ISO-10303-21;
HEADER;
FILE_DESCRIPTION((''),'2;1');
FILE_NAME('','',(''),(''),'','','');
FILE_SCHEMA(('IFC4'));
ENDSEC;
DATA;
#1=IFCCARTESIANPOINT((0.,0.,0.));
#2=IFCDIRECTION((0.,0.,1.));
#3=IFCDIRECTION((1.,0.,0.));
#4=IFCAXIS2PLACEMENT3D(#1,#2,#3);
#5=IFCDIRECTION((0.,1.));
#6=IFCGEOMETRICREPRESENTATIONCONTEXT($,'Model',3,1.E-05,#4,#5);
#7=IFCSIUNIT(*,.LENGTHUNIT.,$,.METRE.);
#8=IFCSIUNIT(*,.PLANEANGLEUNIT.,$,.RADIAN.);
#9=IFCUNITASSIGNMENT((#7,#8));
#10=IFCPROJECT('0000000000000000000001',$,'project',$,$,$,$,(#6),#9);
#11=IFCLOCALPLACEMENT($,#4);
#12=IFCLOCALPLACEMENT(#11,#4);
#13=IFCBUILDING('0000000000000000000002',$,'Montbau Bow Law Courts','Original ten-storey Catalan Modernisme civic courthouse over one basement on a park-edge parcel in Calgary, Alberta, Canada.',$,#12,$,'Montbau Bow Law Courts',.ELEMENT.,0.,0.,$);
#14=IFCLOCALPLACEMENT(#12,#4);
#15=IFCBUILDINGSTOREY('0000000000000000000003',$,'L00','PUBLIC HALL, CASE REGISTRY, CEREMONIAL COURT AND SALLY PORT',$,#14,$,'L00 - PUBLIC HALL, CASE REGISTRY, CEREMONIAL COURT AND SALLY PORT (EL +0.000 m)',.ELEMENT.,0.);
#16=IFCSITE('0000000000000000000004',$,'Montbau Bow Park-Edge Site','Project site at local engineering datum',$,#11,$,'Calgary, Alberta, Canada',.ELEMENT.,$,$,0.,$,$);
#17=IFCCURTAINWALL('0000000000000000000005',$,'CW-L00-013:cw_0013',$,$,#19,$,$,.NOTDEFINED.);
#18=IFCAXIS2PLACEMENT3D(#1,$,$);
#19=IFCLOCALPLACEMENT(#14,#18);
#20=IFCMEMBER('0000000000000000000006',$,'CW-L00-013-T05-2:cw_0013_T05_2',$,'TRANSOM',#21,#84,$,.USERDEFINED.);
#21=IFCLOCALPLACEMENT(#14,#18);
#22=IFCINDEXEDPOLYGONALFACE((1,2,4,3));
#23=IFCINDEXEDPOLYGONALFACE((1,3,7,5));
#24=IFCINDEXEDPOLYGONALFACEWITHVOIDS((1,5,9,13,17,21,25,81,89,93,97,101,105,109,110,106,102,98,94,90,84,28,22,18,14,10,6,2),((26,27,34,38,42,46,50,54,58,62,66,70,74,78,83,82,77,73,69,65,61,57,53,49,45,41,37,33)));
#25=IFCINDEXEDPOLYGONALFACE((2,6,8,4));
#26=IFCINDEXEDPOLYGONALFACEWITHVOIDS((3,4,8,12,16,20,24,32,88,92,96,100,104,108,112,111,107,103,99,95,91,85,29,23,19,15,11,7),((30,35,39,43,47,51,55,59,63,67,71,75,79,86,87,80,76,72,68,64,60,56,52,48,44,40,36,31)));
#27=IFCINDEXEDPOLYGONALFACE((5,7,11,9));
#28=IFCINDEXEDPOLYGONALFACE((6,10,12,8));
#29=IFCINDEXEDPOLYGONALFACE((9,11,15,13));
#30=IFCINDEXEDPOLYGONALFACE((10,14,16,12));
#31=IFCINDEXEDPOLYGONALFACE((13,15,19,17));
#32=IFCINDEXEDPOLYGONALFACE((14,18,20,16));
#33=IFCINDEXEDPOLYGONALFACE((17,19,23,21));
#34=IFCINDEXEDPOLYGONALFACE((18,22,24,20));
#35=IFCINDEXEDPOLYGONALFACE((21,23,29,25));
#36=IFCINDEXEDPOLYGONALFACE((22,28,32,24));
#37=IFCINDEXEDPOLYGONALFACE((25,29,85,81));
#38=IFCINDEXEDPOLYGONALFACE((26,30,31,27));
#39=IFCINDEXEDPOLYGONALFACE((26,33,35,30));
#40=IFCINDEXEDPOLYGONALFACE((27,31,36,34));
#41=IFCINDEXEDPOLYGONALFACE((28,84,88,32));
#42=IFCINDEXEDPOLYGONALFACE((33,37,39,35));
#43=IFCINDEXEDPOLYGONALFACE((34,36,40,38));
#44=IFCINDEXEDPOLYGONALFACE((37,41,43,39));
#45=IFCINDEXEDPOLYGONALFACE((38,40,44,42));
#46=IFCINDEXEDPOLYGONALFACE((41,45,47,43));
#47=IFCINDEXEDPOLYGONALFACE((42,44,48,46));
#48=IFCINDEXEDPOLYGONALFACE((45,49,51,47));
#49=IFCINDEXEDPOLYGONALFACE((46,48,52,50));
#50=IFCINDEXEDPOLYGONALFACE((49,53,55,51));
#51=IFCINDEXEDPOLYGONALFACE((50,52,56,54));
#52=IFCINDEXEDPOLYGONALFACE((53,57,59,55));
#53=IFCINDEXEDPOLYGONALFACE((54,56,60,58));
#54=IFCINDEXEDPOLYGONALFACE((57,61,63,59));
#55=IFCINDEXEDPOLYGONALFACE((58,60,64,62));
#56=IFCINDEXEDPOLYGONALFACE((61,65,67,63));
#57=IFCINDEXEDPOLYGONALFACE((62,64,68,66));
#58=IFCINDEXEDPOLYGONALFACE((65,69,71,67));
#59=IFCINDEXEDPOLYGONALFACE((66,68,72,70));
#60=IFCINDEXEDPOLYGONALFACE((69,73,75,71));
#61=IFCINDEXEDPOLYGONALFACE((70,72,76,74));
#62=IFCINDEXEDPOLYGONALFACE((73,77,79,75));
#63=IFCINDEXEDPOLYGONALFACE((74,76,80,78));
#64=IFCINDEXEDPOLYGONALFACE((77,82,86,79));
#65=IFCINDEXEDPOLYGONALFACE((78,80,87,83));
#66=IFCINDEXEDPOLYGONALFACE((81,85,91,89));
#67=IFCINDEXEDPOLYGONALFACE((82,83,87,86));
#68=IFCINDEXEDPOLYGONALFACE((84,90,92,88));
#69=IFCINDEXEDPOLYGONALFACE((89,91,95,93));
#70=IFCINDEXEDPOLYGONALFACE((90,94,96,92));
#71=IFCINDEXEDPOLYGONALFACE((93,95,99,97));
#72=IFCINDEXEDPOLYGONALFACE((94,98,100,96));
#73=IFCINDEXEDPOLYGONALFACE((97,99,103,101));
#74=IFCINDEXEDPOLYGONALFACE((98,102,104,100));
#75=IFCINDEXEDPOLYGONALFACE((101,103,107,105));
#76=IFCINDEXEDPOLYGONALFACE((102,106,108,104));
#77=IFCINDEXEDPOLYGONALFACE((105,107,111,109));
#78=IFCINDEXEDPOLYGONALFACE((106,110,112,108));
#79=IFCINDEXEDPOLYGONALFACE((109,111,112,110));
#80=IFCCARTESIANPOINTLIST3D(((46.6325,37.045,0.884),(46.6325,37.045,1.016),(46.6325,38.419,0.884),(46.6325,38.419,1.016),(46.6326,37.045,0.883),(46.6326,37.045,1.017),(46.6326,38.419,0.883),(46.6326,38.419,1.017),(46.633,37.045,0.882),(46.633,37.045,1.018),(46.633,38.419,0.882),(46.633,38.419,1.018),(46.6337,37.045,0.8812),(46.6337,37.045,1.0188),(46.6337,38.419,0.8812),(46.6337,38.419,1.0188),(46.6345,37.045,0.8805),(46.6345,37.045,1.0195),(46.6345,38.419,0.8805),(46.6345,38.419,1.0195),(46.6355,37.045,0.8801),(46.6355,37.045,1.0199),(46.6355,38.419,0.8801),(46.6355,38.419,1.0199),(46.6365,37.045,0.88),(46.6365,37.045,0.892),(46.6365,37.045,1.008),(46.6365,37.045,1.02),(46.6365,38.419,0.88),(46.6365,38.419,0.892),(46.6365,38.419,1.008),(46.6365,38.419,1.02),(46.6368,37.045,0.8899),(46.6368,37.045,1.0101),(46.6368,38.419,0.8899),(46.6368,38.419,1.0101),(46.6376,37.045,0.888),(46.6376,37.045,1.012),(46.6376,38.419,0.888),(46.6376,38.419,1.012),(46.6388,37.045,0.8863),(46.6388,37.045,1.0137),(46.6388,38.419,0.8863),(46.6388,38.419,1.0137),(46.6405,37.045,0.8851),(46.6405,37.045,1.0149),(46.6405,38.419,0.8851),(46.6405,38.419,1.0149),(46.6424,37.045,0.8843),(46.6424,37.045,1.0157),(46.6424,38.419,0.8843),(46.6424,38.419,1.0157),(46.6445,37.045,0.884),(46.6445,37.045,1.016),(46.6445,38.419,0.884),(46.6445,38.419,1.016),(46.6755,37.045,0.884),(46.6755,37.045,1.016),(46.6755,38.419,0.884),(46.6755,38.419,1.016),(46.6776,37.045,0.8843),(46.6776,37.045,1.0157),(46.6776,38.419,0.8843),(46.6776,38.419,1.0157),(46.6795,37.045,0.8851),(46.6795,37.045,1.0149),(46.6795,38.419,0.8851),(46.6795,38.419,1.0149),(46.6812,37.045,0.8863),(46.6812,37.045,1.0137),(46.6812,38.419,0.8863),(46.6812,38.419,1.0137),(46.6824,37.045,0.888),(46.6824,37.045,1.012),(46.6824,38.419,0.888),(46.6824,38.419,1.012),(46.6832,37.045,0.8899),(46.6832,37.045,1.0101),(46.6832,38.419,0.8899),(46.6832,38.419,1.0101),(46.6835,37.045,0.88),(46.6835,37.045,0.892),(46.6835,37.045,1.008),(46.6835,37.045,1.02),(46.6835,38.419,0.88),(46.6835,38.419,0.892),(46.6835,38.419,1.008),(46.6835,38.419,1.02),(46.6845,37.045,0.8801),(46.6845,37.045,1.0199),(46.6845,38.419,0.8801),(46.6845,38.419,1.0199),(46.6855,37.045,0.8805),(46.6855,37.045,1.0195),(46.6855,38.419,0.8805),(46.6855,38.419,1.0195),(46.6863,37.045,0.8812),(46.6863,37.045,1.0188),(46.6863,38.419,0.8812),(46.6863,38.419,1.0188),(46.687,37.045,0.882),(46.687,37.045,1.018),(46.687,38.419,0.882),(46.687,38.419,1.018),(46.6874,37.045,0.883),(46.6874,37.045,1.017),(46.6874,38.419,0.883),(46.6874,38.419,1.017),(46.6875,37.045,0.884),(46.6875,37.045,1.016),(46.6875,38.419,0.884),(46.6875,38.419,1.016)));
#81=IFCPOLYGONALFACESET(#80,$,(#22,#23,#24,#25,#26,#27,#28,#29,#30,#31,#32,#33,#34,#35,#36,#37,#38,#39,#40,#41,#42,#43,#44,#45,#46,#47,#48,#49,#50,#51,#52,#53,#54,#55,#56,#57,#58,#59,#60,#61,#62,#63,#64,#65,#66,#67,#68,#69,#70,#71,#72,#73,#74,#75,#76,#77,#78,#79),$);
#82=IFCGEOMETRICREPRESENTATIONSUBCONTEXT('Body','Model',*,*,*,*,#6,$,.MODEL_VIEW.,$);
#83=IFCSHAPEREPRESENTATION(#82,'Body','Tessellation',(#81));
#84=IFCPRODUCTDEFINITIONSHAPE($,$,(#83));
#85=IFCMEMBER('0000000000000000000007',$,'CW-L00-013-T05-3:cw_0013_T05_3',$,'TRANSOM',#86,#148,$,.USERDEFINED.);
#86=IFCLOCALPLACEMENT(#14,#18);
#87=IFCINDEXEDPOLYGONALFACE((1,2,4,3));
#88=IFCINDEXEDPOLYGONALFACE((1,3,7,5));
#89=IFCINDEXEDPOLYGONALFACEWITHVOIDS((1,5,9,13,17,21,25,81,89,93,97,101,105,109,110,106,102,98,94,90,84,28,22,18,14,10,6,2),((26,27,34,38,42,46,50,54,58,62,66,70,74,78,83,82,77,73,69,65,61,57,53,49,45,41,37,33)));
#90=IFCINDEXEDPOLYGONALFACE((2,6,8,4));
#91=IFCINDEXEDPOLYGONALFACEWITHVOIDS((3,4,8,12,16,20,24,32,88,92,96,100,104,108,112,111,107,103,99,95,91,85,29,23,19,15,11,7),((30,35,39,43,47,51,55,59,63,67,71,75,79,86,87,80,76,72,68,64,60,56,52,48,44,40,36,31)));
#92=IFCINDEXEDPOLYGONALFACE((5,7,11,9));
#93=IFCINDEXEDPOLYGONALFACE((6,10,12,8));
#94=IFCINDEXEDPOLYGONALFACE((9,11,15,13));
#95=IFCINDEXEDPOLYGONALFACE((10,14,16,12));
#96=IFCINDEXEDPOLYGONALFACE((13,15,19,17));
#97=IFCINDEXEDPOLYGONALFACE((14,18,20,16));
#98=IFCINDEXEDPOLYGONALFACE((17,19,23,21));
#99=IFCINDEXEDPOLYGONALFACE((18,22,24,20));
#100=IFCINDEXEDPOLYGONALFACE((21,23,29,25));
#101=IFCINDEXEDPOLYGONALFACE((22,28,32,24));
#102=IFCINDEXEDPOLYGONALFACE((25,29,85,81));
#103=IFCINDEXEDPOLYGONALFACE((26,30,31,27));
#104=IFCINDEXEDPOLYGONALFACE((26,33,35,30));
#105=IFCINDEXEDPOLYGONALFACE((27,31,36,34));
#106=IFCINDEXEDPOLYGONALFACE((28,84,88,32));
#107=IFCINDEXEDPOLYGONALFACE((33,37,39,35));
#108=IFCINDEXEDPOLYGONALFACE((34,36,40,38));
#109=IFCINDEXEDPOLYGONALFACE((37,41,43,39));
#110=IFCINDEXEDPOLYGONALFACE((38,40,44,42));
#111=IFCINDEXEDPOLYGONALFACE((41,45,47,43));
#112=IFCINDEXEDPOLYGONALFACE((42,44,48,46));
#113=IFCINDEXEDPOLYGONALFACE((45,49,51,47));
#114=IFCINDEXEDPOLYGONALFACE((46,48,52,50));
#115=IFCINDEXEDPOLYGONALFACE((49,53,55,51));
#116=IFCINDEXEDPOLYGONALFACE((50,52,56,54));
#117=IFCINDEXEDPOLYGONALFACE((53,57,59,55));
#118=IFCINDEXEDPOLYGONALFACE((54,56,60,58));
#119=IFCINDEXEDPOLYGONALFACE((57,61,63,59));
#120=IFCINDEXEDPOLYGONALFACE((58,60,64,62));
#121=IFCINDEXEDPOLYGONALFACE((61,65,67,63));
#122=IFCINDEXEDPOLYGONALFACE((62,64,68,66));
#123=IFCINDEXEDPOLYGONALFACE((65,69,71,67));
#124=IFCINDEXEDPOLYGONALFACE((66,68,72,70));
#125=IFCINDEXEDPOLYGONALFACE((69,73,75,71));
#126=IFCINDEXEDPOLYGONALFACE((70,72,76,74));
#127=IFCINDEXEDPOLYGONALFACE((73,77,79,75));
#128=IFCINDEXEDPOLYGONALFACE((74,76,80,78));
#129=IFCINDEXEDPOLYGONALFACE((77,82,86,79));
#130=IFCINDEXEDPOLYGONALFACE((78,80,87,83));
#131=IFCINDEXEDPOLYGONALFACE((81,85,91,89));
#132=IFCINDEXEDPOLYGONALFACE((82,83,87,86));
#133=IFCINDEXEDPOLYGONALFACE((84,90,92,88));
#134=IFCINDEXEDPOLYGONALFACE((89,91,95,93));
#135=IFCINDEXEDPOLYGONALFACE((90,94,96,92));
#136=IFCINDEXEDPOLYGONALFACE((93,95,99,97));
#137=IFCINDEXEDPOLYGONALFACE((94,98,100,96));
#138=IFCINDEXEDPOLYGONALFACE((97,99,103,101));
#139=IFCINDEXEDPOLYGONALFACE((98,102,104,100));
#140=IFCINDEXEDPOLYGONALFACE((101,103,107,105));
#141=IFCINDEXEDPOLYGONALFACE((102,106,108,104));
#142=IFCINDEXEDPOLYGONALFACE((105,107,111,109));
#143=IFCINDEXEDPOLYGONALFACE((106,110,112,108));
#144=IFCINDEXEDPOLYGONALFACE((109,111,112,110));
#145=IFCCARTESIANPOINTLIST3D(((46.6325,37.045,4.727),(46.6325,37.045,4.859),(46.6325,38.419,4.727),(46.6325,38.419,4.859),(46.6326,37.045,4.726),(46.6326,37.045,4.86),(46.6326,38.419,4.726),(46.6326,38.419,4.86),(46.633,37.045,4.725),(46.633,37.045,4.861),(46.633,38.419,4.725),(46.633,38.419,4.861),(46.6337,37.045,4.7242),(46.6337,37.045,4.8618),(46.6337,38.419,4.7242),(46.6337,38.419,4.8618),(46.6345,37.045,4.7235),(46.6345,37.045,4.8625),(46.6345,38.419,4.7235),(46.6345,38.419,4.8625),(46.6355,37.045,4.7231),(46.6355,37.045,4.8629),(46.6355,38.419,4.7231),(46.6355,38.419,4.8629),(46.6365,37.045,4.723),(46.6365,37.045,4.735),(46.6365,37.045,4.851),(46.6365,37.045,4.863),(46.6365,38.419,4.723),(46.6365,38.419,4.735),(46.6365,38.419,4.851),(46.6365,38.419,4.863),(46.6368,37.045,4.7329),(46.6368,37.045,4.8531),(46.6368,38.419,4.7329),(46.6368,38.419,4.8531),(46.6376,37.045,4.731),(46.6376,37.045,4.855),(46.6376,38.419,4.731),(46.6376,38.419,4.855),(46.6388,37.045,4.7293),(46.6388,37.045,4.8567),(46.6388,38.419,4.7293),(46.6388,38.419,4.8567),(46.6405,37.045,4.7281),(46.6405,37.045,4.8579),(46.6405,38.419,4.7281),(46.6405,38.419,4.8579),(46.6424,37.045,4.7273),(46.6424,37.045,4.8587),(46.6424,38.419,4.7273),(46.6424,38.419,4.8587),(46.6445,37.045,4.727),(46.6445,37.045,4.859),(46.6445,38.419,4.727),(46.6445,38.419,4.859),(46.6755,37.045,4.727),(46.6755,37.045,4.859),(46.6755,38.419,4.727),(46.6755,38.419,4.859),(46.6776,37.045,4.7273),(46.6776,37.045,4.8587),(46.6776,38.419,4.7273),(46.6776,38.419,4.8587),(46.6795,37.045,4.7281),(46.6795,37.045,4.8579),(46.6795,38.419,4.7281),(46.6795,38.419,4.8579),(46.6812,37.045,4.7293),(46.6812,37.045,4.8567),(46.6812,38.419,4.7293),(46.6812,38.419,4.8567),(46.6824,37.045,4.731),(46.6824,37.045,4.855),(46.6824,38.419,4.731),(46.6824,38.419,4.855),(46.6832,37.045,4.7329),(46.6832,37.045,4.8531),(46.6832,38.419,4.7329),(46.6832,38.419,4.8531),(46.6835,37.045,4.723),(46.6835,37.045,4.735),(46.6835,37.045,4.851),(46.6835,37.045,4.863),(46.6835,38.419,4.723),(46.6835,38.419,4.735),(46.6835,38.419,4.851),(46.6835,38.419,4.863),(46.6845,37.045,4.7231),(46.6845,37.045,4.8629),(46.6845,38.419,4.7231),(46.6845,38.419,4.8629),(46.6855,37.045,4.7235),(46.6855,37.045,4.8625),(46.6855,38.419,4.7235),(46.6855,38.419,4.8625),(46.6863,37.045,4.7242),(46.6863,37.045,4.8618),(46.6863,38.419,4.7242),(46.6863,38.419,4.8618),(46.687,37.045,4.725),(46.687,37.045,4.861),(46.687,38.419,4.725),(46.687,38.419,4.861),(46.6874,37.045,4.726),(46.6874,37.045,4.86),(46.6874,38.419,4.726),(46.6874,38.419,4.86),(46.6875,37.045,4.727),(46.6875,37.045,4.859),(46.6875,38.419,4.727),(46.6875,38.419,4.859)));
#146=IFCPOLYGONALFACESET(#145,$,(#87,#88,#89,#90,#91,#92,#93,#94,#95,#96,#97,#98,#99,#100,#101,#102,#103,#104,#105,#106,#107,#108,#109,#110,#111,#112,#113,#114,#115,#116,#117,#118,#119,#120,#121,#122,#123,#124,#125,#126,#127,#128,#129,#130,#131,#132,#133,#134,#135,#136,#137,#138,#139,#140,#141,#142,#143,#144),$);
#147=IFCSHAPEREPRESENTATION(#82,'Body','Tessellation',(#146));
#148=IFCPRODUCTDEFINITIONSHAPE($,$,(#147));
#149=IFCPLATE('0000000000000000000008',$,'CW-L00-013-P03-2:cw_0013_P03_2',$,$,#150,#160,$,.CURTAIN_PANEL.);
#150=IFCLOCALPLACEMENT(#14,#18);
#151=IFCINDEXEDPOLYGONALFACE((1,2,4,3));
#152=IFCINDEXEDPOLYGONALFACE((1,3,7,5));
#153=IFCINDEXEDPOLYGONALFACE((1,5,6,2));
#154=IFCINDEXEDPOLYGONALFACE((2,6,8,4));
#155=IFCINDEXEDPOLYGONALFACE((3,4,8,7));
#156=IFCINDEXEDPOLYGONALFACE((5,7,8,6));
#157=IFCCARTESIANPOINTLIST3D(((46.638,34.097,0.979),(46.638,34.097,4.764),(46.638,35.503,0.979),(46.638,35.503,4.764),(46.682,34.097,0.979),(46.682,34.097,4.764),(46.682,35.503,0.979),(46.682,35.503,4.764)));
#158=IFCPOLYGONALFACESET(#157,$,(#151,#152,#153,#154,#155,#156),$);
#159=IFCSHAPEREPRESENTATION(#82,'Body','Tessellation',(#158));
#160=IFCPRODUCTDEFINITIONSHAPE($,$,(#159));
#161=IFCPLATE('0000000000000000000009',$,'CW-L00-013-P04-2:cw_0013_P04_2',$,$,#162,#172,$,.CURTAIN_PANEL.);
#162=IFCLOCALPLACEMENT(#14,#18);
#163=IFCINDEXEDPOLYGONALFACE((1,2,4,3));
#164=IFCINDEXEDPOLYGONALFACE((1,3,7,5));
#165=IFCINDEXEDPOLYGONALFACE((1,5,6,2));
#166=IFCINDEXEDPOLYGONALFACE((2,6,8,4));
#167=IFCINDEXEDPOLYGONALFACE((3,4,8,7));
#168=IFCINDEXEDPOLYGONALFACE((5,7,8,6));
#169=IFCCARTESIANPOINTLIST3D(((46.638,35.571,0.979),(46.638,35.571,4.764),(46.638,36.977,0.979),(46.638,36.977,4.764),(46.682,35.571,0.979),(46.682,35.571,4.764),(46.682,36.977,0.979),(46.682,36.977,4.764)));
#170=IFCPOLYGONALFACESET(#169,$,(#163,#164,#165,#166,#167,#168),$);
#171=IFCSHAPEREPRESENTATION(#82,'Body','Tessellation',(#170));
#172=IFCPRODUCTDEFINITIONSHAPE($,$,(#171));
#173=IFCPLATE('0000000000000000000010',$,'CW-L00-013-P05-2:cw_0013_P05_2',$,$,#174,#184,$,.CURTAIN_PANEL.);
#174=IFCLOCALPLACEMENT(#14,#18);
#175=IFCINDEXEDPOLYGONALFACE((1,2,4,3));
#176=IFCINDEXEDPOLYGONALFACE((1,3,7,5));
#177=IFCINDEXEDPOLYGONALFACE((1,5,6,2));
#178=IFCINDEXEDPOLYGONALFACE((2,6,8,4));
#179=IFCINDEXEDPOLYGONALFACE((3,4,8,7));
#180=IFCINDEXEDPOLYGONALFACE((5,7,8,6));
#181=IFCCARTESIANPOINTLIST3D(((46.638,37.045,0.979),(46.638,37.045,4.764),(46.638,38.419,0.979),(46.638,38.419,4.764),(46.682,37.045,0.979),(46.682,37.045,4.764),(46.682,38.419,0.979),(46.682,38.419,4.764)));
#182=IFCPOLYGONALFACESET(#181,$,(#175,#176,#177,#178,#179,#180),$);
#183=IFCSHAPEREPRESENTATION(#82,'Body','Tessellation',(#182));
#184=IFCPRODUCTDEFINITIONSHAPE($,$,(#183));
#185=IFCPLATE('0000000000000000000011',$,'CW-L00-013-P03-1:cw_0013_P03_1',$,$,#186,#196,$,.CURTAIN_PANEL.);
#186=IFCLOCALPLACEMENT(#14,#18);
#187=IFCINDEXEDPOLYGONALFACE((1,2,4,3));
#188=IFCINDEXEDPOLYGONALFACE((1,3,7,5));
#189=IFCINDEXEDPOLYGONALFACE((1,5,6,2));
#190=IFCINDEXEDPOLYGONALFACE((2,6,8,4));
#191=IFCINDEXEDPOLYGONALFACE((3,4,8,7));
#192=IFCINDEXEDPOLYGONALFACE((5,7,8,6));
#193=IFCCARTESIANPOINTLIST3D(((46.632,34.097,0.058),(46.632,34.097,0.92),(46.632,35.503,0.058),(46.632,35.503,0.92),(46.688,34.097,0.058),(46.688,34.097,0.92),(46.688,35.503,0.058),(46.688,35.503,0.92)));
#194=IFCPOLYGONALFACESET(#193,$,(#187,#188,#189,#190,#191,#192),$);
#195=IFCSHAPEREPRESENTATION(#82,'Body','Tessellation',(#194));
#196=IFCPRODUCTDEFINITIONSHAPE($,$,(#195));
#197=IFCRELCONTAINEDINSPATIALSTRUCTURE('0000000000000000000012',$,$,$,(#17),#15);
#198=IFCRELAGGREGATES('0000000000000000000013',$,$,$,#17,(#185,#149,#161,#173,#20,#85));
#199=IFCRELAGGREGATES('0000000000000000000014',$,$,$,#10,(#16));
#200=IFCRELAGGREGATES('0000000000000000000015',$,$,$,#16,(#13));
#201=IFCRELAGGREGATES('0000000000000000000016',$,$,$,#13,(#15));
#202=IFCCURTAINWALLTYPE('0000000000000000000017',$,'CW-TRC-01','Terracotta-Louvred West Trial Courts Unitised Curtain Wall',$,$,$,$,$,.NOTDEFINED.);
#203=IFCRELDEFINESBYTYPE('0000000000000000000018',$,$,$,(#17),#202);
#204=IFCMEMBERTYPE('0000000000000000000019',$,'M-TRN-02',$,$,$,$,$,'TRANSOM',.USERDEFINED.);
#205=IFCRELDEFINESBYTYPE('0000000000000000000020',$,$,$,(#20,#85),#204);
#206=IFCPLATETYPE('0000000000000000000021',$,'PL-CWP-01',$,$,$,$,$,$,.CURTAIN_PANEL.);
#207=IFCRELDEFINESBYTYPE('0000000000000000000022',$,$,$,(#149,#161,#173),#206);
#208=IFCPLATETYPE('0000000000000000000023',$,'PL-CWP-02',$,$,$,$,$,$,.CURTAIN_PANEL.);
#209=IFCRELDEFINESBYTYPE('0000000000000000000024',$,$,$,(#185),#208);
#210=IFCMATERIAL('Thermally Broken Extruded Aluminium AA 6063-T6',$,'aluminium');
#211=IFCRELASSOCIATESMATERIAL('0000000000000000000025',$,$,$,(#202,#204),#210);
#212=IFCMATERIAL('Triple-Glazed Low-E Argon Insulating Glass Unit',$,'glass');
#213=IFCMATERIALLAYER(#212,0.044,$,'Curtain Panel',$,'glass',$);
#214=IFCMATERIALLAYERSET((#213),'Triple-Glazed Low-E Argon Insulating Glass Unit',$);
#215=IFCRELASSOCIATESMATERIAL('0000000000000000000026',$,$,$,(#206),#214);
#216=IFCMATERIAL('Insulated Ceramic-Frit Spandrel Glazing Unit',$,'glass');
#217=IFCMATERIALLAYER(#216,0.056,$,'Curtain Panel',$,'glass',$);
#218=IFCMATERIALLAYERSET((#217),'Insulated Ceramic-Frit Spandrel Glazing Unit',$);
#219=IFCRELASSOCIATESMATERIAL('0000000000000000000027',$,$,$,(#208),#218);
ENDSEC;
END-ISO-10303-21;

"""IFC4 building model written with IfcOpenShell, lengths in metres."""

from ifc_helpers import new_model, si_unit, direction, frame, frame_2d, origin_with_axes, origin_2d_with_axis, place, context, subcontext, project, spatial, rectangle, hollow_rectangle, extrude, material, layer, layer_set, material_profile, profile_set, type_object, element, aggregate, save


model = new_model("IFC4")

# Units and contexts
model_context = context("Model", 3, precision=1e-05, world=origin_with_axes(), true_north=direction((0.0, 1.0)))
body_context = subcontext(model_context, "Body", "Model", "MODEL_VIEW")
ifc_project = project(units=[si_unit("LENGTHUNIT", "METRE"), si_unit("PLANEANGLEUNIT", "RADIAN")], contexts=[model_context])

# Site, building, storey
site_placement = place(None, origin_with_axes())
site = spatial("IfcSite", under=ifc_project, at=site_placement, Name="Montbau Bow Park-Edge Site", Description="Project site at local engineering datum", LongName="Calgary, Alberta, Canada", CompositionType="ELEMENT", RefElevation=0.0)
building_placement = place(site_placement, origin_with_axes())
building = spatial("IfcBuilding", under=site, at=building_placement, Name="Montbau Bow Law Courts", Description="Original ten-storey Catalan Modernisme civic courthouse over one basement on a park-edge parcel in Calgary, Alberta, Canada.", LongName="Montbau Bow Law Courts", CompositionType="ELEMENT", ElevationOfRefHeight=0.0, ElevationOfTerrain=0.0)
storey_placement = place(building_placement, origin_with_axes())
storey = spatial("IfcBuildingStorey", under=building, at=storey_placement, Name="L00", Description="PUBLIC HALL, CASE REGISTRY, CEREMONIAL COURT AND SALLY PORT", LongName="L00 - PUBLIC HALL, CASE REGISTRY, CEREMONIAL COURT AND SALLY PORT (EL +0.000 m)", CompositionType="ELEMENT", Elevation=0.0)

# Curtain wall, members, plates
ifc_material_1 = material(Name="Thermally Broken Extruded Aluminium AA 6063-T6", Category="aluminium")
curtain_wall_type = type_object("IfcCurtainWallType", Name="CW-TRC-01", Description="Terracotta-Louvred West Trial Courts Unitised Curtain Wall", PredefinedType="NOTDEFINED", material=ifc_material_1)
curtain_wall_placement = place(None, frame((46.66, 31.115, 0.0), z_axis=(0.0, 0.0, 1.0), x_axis=(1.0, 0.0, 0.0)))
curtain_wall = element("IfcCurtainWall", 1, at=curtain_wall_placement, inside=storey, type_object=curtain_wall_type, Name="CW-L00-013:cw_0013", PredefinedType="NOTDEFINED")
ifc_material_profile_1 = material_profile(ifc_material_1, hollow_rectangle(XDim=0.055, YDim=0.14, WallThickness=0.004, InnerFilletRadius=0.008, OuterFilletRadius=0.004, at=origin_2d_with_axis()), Name="CWT-140X55", Category="Main", Priority=0)
ifc_profile_set_1 = profile_set([ifc_material_profile_1], Name="Thermally Broken Extruded Aluminium AA 6063-T6")
member_type_1 = type_object("IfcMemberType", Name="M-TRN-02", ElementType="TRANSOM", PredefinedType="USERDEFINED", material=ifc_profile_set_1)
member_1_placement = place(None, frame((46.66, 37.045, 0.95), z_axis=(0.0, 1.0, 0.0), x_axis=(-1.0, 0.0, 0.0)))
member_1 = element("IfcMember", 2, at=member_1_placement, type_object=member_type_1, Name="CW-L00-013-T05-2:cw_0013_T05_2", ObjectType="TRANSOM", PredefinedType="USERDEFINED", context=body_context, shape_type="SweptSolid", body=[
    extrude(hollow_rectangle(XDim=0.055, YDim=0.14, WallThickness=0.004, InnerFilletRadius=0.008, OuterFilletRadius=0.004, at=origin_2d_with_axis()), origin_with_axes(), (0.0, 0.0, 1.0), 1.374),
])
member_2_placement = place(None, frame((46.66, 37.045, 4.793), z_axis=(0.0, 1.0, 0.0), x_axis=(-1.0, 0.0, 0.0)))
member_2 = element("IfcMember", 3, at=member_2_placement, type_object=member_type_1, Name="CW-L00-013-T05-3:cw_0013_T05_3", ObjectType="TRANSOM", PredefinedType="USERDEFINED", context=body_context, shape_type="SweptSolid", body=[
    extrude(hollow_rectangle(XDim=0.055, YDim=0.14, WallThickness=0.004, InnerFilletRadius=0.008, OuterFilletRadius=0.004, at=origin_2d_with_axis()), origin_with_axes(), (0.0, 0.0, 1.0), 1.374),
])
ifc_material_2 = material(Name="Triple-Glazed Low-E Argon Insulating Glass Unit", Category="glass")
ifc_layer_1 = layer(ifc_material_2, 0.044, Name="Curtain Panel", Category="glass")
ifc_layer_set_1 = layer_set([ifc_layer_1], Name="Triple-Glazed Low-E Argon Insulating Glass Unit")
plate_type_1 = type_object("IfcPlateType", Name="PL-CWP-01", PredefinedType="CURTAIN_PANEL", material=ifc_layer_set_1)
plate_1_placement = place(None, frame((46.66, 34.097, 0.979), z_axis=(1.0, 0.0, 0.0), x_axis=(0.0, 1.0, 0.0)))
plate_1 = element("IfcPlate", 4, at=plate_1_placement, type_object=plate_type_1, Name="CW-L00-013-P03-2:cw_0013_P03_2", PredefinedType="CURTAIN_PANEL", context=body_context, shape_type="SweptSolid", body=[
    extrude(rectangle(XDim=1.406, YDim=3.785, at=frame_2d((0.703, 1.8925), x_axis=(1.0, 0.0))), frame((0.0, 0.0, -0.022), z_axis=(0.0, 0.0, 1.0), x_axis=(1.0, 0.0, 0.0)), (0.0, 0.0, 1.0), 0.044),
])
plate_2_placement = place(None, frame((46.66, 35.571, 0.979), z_axis=(1.0, 0.0, 0.0), x_axis=(0.0, 1.0, 0.0)))
plate_2 = element("IfcPlate", 5, at=plate_2_placement, type_object=plate_type_1, Name="CW-L00-013-P04-2:cw_0013_P04_2", PredefinedType="CURTAIN_PANEL", context=body_context, shape_type="SweptSolid", body=[
    extrude(rectangle(XDim=1.406, YDim=3.785, at=frame_2d((0.703, 1.8925), x_axis=(1.0, 0.0))), frame((0.0, 0.0, -0.022), z_axis=(0.0, 0.0, 1.0), x_axis=(1.0, 0.0, 0.0)), (0.0, 0.0, 1.0), 0.044),
])
plate_3_placement = place(None, frame((46.66, 37.045, 0.979), z_axis=(1.0, 0.0, 0.0), x_axis=(0.0, 1.0, 0.0)))
plate_3 = element("IfcPlate", 6, at=plate_3_placement, type_object=plate_type_1, Name="CW-L00-013-P05-2:cw_0013_P05_2", PredefinedType="CURTAIN_PANEL", context=body_context, shape_type="SweptSolid", body=[
    extrude(rectangle(XDim=1.374, YDim=3.785, at=frame_2d((0.687, 1.8925), x_axis=(1.0, 0.0))), frame((0.0, 0.0, -0.022), z_axis=(0.0, 0.0, 1.0), x_axis=(1.0, 0.0, 0.0)), (0.0, 0.0, 1.0), 0.044),
])
ifc_material_3 = material(Name="Insulated Ceramic-Frit Spandrel Glazing Unit", Category="glass")
ifc_layer_2 = layer(ifc_material_3, 0.056, Name="Curtain Panel", Category="glass")
ifc_layer_set_2 = layer_set([ifc_layer_2], Name="Insulated Ceramic-Frit Spandrel Glazing Unit")
plate_type_2 = type_object("IfcPlateType", Name="PL-CWP-02", PredefinedType="CURTAIN_PANEL", material=ifc_layer_set_2)
plate_4_placement = place(None, frame((46.66, 34.097, 0.058), z_axis=(1.0, 0.0, 0.0), x_axis=(0.0, 1.0, 0.0)))
plate_4 = element("IfcPlate", 7, at=plate_4_placement, type_object=plate_type_2, Name="CW-L00-013-P03-1:cw_0013_P03_1", PredefinedType="CURTAIN_PANEL", context=body_context, shape_type="SweptSolid", body=[
    extrude(rectangle(XDim=1.406, YDim=0.862, at=frame_2d((0.703, 0.431), x_axis=(1.0, 0.0))), frame((0.0, 0.0, -0.028), z_axis=(0.0, 0.0, 1.0), x_axis=(1.0, 0.0, 0.0)), (0.0, 0.0, 1.0), 0.056),
])
aggregate(curtain_wall, [plate_4, plate_1, plate_2, plate_3, member_1, member_2])

save(model, "model.ifc")
